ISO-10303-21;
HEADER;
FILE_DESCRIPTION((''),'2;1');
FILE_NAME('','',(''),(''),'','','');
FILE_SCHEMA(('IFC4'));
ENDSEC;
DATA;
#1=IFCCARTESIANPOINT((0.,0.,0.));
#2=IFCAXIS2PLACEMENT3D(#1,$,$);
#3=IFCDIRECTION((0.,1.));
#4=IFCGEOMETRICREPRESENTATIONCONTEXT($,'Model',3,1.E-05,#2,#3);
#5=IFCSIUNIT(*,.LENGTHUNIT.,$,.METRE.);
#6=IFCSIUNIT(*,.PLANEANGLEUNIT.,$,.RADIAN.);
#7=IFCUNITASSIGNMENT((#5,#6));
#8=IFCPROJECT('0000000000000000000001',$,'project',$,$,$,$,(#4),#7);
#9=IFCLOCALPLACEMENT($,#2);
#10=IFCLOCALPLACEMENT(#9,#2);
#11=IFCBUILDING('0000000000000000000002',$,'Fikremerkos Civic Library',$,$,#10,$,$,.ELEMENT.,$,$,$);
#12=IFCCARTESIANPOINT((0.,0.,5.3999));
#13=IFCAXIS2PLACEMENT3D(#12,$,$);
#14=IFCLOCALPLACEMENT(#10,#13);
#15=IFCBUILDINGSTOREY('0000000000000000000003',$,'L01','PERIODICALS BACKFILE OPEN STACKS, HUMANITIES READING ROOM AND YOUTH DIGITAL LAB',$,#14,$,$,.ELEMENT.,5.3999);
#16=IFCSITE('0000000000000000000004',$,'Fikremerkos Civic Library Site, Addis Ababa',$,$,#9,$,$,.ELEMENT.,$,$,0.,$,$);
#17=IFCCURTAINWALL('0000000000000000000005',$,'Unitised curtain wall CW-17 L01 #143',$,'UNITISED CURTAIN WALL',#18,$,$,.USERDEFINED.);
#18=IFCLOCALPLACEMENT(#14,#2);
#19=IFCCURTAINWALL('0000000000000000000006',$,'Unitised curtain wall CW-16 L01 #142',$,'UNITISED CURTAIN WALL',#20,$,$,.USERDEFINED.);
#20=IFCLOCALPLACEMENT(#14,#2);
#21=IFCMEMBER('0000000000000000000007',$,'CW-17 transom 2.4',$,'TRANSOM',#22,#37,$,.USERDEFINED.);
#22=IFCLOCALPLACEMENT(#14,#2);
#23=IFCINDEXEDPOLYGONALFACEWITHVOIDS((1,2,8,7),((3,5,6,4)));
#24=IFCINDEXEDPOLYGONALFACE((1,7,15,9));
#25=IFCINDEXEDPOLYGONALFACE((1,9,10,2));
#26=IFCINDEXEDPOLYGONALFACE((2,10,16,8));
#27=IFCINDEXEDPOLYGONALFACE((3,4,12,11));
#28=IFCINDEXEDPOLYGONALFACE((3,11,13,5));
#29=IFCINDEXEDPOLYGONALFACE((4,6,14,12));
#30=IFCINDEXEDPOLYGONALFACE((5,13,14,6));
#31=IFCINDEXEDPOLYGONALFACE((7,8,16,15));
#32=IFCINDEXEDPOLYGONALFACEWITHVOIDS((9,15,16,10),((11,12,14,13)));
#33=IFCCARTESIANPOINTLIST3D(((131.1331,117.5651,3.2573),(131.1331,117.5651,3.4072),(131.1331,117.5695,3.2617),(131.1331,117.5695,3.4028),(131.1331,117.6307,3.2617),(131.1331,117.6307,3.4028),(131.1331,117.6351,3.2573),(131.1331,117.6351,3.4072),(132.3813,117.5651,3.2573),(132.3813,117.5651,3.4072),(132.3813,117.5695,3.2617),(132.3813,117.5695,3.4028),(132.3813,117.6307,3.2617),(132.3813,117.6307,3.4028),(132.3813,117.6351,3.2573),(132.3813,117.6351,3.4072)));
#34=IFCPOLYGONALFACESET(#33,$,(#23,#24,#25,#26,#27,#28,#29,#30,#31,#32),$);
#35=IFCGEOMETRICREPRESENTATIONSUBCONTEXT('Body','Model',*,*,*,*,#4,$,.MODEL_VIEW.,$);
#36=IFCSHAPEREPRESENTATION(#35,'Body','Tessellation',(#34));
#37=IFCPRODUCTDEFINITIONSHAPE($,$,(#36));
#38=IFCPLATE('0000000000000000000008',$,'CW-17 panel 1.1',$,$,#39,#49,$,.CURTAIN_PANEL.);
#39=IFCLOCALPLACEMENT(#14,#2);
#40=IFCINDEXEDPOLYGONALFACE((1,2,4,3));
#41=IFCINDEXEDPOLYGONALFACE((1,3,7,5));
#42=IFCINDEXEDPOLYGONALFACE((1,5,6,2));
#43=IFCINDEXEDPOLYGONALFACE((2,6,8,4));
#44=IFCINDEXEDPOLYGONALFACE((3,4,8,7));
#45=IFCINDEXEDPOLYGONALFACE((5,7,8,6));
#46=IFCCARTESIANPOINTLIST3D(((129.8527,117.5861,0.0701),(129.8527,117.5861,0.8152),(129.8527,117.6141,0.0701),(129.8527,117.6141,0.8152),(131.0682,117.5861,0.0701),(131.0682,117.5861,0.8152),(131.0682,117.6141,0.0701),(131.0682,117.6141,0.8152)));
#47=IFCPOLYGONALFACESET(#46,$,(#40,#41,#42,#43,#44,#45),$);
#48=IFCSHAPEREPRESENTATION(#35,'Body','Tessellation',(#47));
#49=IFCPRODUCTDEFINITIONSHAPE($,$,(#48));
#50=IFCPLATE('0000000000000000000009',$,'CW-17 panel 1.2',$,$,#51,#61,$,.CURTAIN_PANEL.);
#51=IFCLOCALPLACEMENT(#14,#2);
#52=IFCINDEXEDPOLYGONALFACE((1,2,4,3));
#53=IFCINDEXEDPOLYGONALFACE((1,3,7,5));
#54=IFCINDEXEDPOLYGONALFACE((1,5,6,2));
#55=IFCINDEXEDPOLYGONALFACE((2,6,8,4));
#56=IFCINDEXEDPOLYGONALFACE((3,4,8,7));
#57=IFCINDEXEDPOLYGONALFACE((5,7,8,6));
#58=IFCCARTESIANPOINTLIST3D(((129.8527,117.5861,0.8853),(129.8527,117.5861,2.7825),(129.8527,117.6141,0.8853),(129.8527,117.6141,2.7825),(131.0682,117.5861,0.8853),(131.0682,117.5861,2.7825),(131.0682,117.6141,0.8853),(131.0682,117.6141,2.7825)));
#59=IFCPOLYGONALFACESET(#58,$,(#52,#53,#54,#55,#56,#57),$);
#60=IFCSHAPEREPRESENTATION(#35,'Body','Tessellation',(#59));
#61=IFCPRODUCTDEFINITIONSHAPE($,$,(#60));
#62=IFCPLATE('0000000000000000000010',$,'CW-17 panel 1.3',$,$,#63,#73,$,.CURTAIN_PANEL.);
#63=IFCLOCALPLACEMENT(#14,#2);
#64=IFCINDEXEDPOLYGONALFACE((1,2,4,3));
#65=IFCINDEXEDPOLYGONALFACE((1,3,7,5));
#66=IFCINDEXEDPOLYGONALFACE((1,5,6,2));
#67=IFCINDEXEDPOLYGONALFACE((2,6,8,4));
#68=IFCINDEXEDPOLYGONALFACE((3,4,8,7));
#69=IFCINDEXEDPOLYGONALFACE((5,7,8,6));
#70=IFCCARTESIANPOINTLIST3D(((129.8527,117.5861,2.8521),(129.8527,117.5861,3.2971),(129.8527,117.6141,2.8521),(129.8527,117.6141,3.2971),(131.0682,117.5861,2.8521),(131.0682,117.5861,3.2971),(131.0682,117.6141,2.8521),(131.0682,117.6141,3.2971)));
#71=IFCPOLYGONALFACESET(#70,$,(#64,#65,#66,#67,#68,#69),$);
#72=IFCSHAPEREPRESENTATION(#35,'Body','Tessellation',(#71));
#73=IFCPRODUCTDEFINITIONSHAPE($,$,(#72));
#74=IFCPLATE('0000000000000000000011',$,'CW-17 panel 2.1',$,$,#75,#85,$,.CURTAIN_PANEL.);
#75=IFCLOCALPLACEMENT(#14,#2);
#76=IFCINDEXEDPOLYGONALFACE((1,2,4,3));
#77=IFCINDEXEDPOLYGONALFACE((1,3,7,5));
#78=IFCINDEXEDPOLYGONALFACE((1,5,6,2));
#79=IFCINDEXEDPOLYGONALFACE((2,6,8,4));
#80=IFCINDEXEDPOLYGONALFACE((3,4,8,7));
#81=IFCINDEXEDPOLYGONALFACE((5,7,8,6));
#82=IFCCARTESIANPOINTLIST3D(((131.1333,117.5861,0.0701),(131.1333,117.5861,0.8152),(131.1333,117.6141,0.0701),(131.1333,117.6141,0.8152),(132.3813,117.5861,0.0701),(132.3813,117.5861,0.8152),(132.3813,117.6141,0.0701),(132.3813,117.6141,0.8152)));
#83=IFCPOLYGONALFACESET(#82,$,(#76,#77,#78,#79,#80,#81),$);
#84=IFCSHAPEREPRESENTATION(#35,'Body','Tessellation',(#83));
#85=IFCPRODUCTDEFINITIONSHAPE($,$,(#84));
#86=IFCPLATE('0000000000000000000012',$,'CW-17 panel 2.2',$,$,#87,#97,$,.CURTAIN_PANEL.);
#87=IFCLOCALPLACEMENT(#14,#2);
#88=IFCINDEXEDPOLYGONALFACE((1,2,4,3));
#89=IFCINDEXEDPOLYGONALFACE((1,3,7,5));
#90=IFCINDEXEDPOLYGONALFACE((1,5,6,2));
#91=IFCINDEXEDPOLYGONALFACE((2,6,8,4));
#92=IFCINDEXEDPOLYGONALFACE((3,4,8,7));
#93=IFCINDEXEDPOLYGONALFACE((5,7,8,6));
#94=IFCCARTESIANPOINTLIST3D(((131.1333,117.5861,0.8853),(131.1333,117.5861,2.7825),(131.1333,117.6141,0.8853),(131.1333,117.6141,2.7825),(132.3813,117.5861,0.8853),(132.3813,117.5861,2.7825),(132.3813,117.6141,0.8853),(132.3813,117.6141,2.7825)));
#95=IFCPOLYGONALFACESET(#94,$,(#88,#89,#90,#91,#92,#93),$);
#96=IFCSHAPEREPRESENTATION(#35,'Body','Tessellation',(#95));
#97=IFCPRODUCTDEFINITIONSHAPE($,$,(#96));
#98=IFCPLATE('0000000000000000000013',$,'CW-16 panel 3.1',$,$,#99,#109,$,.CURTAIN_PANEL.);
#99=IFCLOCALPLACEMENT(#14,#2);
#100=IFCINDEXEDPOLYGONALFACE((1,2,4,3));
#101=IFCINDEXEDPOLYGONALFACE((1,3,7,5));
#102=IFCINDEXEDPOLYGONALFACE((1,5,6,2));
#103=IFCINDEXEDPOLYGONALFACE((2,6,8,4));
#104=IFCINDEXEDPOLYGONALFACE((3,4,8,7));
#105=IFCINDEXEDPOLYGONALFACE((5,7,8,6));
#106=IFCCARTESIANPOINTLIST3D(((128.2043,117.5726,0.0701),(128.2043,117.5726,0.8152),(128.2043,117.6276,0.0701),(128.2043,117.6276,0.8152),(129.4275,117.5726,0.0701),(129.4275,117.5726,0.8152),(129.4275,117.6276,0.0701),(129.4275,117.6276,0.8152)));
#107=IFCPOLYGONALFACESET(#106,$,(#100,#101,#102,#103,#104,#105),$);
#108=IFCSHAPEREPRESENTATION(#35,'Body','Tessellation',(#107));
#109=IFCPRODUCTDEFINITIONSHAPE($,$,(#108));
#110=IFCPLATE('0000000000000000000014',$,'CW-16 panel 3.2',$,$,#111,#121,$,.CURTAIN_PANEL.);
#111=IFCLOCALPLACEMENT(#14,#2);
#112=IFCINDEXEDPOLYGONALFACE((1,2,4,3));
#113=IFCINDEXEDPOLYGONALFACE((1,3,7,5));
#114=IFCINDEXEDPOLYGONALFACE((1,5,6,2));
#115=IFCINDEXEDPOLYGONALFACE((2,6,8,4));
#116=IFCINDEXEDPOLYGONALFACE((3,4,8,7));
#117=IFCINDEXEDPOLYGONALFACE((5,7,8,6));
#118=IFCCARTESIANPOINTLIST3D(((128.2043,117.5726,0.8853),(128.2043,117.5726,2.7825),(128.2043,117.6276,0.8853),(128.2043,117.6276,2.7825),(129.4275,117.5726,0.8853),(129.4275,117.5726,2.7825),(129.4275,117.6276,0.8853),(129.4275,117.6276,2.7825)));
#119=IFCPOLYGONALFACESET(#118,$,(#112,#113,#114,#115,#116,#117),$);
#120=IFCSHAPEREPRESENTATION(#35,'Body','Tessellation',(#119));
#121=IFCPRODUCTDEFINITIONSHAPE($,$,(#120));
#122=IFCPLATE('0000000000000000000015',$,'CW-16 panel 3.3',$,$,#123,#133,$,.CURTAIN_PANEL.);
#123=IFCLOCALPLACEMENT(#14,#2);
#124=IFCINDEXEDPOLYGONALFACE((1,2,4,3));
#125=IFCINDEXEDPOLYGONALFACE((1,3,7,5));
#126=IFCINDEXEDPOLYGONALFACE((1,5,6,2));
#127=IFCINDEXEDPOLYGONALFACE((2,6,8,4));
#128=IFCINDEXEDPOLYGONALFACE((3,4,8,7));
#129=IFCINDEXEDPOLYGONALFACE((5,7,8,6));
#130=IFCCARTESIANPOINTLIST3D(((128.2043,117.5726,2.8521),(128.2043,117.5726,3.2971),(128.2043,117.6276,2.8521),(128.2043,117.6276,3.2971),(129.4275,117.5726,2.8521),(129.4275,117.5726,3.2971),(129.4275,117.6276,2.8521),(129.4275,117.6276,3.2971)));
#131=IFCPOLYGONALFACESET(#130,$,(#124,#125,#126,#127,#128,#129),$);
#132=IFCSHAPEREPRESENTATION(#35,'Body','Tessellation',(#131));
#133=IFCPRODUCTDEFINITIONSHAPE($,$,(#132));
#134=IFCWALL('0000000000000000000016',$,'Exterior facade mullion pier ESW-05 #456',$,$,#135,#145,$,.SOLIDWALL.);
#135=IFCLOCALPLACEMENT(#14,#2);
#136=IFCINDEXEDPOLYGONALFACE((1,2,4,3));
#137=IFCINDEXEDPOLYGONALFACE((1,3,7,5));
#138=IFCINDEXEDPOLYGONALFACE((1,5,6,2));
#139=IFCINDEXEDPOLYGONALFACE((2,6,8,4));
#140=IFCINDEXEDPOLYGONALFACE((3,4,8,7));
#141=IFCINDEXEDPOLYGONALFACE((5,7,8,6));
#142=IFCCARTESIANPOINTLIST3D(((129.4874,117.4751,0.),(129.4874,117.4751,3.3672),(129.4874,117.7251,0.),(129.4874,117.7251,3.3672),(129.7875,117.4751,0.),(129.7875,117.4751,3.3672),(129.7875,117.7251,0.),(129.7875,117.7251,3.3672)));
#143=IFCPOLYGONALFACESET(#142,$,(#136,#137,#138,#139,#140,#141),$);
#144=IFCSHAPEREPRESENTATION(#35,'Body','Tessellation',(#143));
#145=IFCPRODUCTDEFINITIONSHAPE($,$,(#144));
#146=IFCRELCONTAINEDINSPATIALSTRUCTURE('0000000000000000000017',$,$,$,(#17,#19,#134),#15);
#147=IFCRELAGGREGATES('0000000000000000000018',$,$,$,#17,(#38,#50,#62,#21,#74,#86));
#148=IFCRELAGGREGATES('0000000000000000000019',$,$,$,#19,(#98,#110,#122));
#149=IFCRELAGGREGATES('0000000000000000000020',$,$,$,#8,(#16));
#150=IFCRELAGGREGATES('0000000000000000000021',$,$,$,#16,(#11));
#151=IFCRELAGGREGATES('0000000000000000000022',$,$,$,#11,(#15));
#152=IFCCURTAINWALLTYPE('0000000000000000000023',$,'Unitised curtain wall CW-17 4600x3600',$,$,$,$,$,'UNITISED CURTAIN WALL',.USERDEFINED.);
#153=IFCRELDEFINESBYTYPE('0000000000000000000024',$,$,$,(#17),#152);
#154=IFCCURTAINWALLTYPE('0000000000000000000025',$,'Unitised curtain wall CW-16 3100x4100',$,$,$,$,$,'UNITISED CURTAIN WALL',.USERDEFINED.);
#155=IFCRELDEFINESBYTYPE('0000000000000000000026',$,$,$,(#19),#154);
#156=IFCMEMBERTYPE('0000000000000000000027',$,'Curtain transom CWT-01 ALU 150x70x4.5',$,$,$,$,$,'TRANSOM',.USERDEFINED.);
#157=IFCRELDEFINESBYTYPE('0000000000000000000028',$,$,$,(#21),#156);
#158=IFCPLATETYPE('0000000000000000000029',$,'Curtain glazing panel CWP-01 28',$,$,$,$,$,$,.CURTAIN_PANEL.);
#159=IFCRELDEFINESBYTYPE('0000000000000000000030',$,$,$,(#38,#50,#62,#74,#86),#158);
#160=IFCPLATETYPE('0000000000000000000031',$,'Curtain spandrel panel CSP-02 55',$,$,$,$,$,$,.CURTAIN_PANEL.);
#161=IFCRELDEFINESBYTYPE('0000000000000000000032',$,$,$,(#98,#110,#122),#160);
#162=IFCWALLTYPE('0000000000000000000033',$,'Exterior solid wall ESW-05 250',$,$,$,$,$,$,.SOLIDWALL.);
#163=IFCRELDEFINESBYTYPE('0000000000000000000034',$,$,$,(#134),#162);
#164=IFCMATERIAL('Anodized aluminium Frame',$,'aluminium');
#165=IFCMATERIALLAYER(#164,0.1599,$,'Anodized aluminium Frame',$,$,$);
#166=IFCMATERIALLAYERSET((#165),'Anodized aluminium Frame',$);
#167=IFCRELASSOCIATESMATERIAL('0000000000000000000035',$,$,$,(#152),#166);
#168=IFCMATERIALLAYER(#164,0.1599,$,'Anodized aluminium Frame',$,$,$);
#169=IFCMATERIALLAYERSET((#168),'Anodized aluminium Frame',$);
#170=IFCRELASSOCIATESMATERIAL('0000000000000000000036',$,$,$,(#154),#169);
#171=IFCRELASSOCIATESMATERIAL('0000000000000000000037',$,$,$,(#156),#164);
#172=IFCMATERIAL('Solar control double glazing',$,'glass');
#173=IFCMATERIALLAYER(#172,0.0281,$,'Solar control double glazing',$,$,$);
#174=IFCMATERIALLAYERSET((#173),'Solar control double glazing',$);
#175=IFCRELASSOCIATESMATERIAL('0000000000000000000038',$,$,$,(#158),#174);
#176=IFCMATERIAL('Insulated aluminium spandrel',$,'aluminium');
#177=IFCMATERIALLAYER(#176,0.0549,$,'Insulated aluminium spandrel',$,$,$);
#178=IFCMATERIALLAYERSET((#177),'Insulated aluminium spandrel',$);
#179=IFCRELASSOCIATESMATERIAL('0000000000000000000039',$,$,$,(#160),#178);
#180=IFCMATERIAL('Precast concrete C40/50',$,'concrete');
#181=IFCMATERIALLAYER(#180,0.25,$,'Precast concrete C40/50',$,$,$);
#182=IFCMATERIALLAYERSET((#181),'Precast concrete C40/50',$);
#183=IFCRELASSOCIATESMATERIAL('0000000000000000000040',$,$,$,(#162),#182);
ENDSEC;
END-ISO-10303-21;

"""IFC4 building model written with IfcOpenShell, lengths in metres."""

from ifc_helpers import new_model, si_unit, direction, frame, frame_2d, origin, origin_2d, place, context, subcontext, project, spatial, rectangle, hollow_rectangle, extrude, material, layer, layer_set, material_profile, profile_set, type_object, element, aggregate, save


model = new_model("IFC4")

# Units and contexts
model_context = context("Model", 3, precision=1e-05, world=origin(), true_north=direction((0.0, 1.0)))
body_context = subcontext(model_context, "Body", "Model", "MODEL_VIEW")
ifc_project = project(units=[si_unit("LENGTHUNIT", "METRE"), si_unit("PLANEANGLEUNIT", "RADIAN")], contexts=[model_context])

# Site, building, storey
site_placement = place(None, origin())
site = spatial("IfcSite", under=ifc_project, at=site_placement, Name="Fikremerkos Civic Library Site, Addis Ababa", CompositionType="ELEMENT", RefElevation=0.0)
building_placement = place(site_placement, origin())
building = spatial("IfcBuilding", under=site, at=building_placement, Name="Fikremerkos Civic Library", CompositionType="ELEMENT")
storey_placement = place(building_placement, frame((0.0, 0.0, 5.3999)))
storey = spatial("IfcBuildingStorey", under=building, at=storey_placement, Name="L01", Description="PERIODICALS BACKFILE OPEN STACKS, HUMANITIES READING ROOM AND YOUTH DIGITAL LAB", CompositionType="ELEMENT", Elevation=5.3999)

# Curtain wall
ifc_material_1 = material(Name="Anodized aluminium Frame", Category="aluminium")
ifc_layer_1 = layer(ifc_material_1, 0.1599, Name="Anodized aluminium Frame")
ifc_layer_set_1 = layer_set([ifc_layer_1], Name="Anodized aluminium Frame")
curtain_wall_type_1 = type_object("IfcCurtainWallType", Name="Unitised curtain wall CW-17 4600x3600", ElementType="UNITISED CURTAIN WALL", PredefinedType="USERDEFINED", material=ifc_layer_set_1)
curtain_wall_1_placement = place(storey_placement, origin())
curtain_wall_1 = element("IfcCurtainWall", 1, at=curtain_wall_1_placement, inside=storey, type_object=curtain_wall_type_1, Name="Unitised curtain wall CW-17 L01 #143", ObjectType="UNITISED CURTAIN WALL", PredefinedType="USERDEFINED")

# Curtain wall
ifc_layer_2 = layer(ifc_material_1, 0.1599, Name="Anodized aluminium Frame")
ifc_layer_set_2 = layer_set([ifc_layer_2], Name="Anodized aluminium Frame")
curtain_wall_type_2 = type_object("IfcCurtainWallType", Name="Unitised curtain wall CW-16 3100x4100", ElementType="UNITISED CURTAIN WALL", PredefinedType="USERDEFINED", material=ifc_layer_set_2)
curtain_wall_2_placement = place(storey_placement, origin())
curtain_wall_2 = element("IfcCurtainWall", 2, at=curtain_wall_2_placement, inside=storey, type_object=curtain_wall_type_2, Name="Unitised curtain wall CW-16 L01 #142", ObjectType="UNITISED CURTAIN WALL", PredefinedType="USERDEFINED")

# Member
ifc_material_profile_1 = material_profile(ifc_material_1, hollow_rectangle(XDim=0.0701, YDim=0.1499, WallThickness=0.0044, at=origin_2d()), Name="ALU 150x70x4.5")
ifc_profile_set_1 = profile_set([ifc_material_profile_1], Name="Anodized aluminium Frame")
member_type_1 = type_object("IfcMemberType", Name="Curtain transom CWT-01 ALU 150x70x4.5", ElementType="TRANSOM", PredefinedType="USERDEFINED", material=ifc_profile_set_1)
member_1_placement = place(storey_placement, frame((131.1331, 117.6001, 3.3323), z_axis=(1.0, 0.0, 0.0), x_axis=(0.0, 1.0, 0.0)))
member_1 = element("IfcMember", 3, at=member_1_placement, type_object=member_type_1, Name="CW-17 transom 2.4", ObjectType="TRANSOM", PredefinedType="USERDEFINED", context=body_context, shape_type="SweptSolid", body=[
    extrude(hollow_rectangle(XDim=0.0701, YDim=0.1499, WallThickness=0.0044, at=origin_2d()), origin(), (0.0, 0.0, 1.0), 1.2483),
])

# Plates
ifc_material_2 = material(Name="Solar control double glazing", Category="glass")
ifc_layer_3 = layer(ifc_material_2, 0.0281, Name="Solar control double glazing")
ifc_layer_set_3 = layer_set([ifc_layer_3], Name="Solar control double glazing")
plate_type_1 = type_object("IfcPlateType", Name="Curtain glazing panel CWP-01 28", PredefinedType="CURTAIN_PANEL", material=ifc_layer_set_3)
plate_1_placement = place(storey_placement, frame((130.4604, 117.6001, 0.0701), z_axis=(0.0, 0.0, 1.0), x_axis=(1.0, 0.0, 0.0)))
plate_1 = element("IfcPlate", 4, at=plate_1_placement, type_object=plate_type_1, Name="CW-17 panel 1.1", PredefinedType="CURTAIN_PANEL", context=body_context, shape_type="SweptSolid", body=[
    extrude(rectangle(XDim=1.2156, YDim=0.0281, at=origin_2d()), origin(), (0.0, 0.0, 1.0), 0.7451),
])
plate_2_placement = place(storey_placement, frame((130.4604, 117.6001, 0.8853), z_axis=(0.0, 0.0, 1.0), x_axis=(1.0, 0.0, 0.0)))
plate_2 = element("IfcPlate", 5, at=plate_2_placement, type_object=plate_type_1, Name="CW-17 panel 1.2", PredefinedType="CURTAIN_PANEL", context=body_context, shape_type="SweptSolid", body=[
    extrude(rectangle(XDim=1.2156, YDim=0.0281, at=origin_2d()), origin(), (0.0, 0.0, 1.0), 1.8972),
])
plate_3_placement = place(storey_placement, frame((130.4604, 117.6001, 2.8521), z_axis=(0.0, 0.0, 1.0), x_axis=(1.0, 0.0, 0.0)))
plate_3 = element("IfcPlate", 6, at=plate_3_placement, type_object=plate_type_1, Name="CW-17 panel 1.3", PredefinedType="CURTAIN_PANEL", context=body_context, shape_type="SweptSolid", body=[
    extrude(rectangle(XDim=1.2156, YDim=0.0281, at=origin_2d()), origin(), (0.0, 0.0, 1.0), 0.4451),
])
plate_4_placement = place(storey_placement, frame((131.7573, 117.6001, 0.0701), z_axis=(0.0, 0.0, 1.0), x_axis=(1.0, 0.0, 0.0)))
plate_4 = element("IfcPlate", 7, at=plate_4_placement, type_object=plate_type_1, Name="CW-17 panel 2.1", PredefinedType="CURTAIN_PANEL", context=body_context, shape_type="SweptSolid", body=[
    extrude(rectangle(XDim=1.248, YDim=0.0281, at=origin_2d()), origin(), (0.0, 0.0, 1.0), 0.7451),
])
plate_5_placement = place(storey_placement, frame((131.7573, 117.6001, 0.8853), z_axis=(0.0, 0.0, 1.0), x_axis=(1.0, 0.0, 0.0)))
plate_5 = element("IfcPlate", 8, at=plate_5_placement, type_object=plate_type_1, Name="CW-17 panel 2.2", PredefinedType="CURTAIN_PANEL", context=body_context, shape_type="SweptSolid", body=[
    extrude(rectangle(XDim=1.248, YDim=0.0281, at=origin_2d()), origin(), (0.0, 0.0, 1.0), 1.8972),
])
aggregate(curtain_wall_1, [plate_1, plate_2, plate_3, member_1, plate_4, plate_5])
ifc_material_3 = material(Name="Insulated aluminium spandrel", Category="aluminium")
ifc_layer_4 = layer(ifc_material_3, 0.0549, Name="Insulated aluminium spandrel")
ifc_layer_set_4 = layer_set([ifc_layer_4], Name="Insulated aluminium spandrel")
plate_type_2 = type_object("IfcPlateType", Name="Curtain spandrel panel CSP-02 55", PredefinedType="CURTAIN_PANEL", material=ifc_layer_set_4)
plate_6_placement = place(storey_placement, frame((128.8159, 117.6001, 0.0701), z_axis=(0.0, 0.0, 1.0), x_axis=(1.0, 0.0, 0.0)))
plate_6 = element("IfcPlate", 9, at=plate_6_placement, type_object=plate_type_2, Name="CW-16 panel 3.1", PredefinedType="CURTAIN_PANEL", context=body_context, shape_type="SweptSolid", body=[
    extrude(rectangle(XDim=1.2231, YDim=0.0549, at=origin_2d()), origin(), (0.0, 0.0, 1.0), 0.7451),
])
plate_7_placement = place(storey_placement, frame((128.8159, 117.6001, 0.8853), z_axis=(0.0, 0.0, 1.0), x_axis=(1.0, 0.0, 0.0)))
plate_7 = element("IfcPlate", 10, at=plate_7_placement, type_object=plate_type_2, Name="CW-16 panel 3.2", PredefinedType="CURTAIN_PANEL", context=body_context, shape_type="SweptSolid", body=[
    extrude(rectangle(XDim=1.2231, YDim=0.0549, at=origin_2d()), origin(), (0.0, 0.0, 1.0), 1.8972),
])
plate_8_placement = place(storey_placement, frame((128.8159, 117.6001, 2.8521), z_axis=(0.0, 0.0, 1.0), x_axis=(1.0, 0.0, 0.0)))
plate_8 = element("IfcPlate", 11, at=plate_8_placement, type_object=plate_type_2, Name="CW-16 panel 3.3", PredefinedType="CURTAIN_PANEL", context=body_context, shape_type="SweptSolid", body=[
    extrude(rectangle(XDim=1.2231, YDim=0.0549, at=origin_2d()), origin(), (0.0, 0.0, 1.0), 0.4451),
])
aggregate(curtain_wall_2, [plate_6, plate_7, plate_8])

# Wall
ifc_material_4 = material(Name="Precast concrete C40/50", Category="concrete")
ifc_layer_5 = layer(ifc_material_4, 0.25, Name="Precast concrete C40/50")
ifc_layer_set_5 = layer_set([ifc_layer_5], Name="Precast concrete C40/50")
wall_type = type_object("IfcWallType", Name="Exterior solid wall ESW-05 250", PredefinedType="SOLIDWALL", material=ifc_layer_set_5)
wall_placement = place(storey_placement, frame((129.4875, 117.6001, 0.0), z_axis=(0.0, 0.0, 1.0), x_axis=(1.0, 0.0, 0.0)))
element("IfcWall", 12, at=wall_placement, inside=storey, type_object=wall_type, Name="Exterior facade mullion pier ESW-05 #456", PredefinedType="SOLIDWALL", context=body_context, shape_type="SweptSolid", body=[
    extrude(rectangle(XDim=0.3, YDim=0.25, at=frame_2d((0.1499, 0.0))), origin(), (0.0, 0.0, 1.0), 3.3672),
])

save(model, "model.ifc")
